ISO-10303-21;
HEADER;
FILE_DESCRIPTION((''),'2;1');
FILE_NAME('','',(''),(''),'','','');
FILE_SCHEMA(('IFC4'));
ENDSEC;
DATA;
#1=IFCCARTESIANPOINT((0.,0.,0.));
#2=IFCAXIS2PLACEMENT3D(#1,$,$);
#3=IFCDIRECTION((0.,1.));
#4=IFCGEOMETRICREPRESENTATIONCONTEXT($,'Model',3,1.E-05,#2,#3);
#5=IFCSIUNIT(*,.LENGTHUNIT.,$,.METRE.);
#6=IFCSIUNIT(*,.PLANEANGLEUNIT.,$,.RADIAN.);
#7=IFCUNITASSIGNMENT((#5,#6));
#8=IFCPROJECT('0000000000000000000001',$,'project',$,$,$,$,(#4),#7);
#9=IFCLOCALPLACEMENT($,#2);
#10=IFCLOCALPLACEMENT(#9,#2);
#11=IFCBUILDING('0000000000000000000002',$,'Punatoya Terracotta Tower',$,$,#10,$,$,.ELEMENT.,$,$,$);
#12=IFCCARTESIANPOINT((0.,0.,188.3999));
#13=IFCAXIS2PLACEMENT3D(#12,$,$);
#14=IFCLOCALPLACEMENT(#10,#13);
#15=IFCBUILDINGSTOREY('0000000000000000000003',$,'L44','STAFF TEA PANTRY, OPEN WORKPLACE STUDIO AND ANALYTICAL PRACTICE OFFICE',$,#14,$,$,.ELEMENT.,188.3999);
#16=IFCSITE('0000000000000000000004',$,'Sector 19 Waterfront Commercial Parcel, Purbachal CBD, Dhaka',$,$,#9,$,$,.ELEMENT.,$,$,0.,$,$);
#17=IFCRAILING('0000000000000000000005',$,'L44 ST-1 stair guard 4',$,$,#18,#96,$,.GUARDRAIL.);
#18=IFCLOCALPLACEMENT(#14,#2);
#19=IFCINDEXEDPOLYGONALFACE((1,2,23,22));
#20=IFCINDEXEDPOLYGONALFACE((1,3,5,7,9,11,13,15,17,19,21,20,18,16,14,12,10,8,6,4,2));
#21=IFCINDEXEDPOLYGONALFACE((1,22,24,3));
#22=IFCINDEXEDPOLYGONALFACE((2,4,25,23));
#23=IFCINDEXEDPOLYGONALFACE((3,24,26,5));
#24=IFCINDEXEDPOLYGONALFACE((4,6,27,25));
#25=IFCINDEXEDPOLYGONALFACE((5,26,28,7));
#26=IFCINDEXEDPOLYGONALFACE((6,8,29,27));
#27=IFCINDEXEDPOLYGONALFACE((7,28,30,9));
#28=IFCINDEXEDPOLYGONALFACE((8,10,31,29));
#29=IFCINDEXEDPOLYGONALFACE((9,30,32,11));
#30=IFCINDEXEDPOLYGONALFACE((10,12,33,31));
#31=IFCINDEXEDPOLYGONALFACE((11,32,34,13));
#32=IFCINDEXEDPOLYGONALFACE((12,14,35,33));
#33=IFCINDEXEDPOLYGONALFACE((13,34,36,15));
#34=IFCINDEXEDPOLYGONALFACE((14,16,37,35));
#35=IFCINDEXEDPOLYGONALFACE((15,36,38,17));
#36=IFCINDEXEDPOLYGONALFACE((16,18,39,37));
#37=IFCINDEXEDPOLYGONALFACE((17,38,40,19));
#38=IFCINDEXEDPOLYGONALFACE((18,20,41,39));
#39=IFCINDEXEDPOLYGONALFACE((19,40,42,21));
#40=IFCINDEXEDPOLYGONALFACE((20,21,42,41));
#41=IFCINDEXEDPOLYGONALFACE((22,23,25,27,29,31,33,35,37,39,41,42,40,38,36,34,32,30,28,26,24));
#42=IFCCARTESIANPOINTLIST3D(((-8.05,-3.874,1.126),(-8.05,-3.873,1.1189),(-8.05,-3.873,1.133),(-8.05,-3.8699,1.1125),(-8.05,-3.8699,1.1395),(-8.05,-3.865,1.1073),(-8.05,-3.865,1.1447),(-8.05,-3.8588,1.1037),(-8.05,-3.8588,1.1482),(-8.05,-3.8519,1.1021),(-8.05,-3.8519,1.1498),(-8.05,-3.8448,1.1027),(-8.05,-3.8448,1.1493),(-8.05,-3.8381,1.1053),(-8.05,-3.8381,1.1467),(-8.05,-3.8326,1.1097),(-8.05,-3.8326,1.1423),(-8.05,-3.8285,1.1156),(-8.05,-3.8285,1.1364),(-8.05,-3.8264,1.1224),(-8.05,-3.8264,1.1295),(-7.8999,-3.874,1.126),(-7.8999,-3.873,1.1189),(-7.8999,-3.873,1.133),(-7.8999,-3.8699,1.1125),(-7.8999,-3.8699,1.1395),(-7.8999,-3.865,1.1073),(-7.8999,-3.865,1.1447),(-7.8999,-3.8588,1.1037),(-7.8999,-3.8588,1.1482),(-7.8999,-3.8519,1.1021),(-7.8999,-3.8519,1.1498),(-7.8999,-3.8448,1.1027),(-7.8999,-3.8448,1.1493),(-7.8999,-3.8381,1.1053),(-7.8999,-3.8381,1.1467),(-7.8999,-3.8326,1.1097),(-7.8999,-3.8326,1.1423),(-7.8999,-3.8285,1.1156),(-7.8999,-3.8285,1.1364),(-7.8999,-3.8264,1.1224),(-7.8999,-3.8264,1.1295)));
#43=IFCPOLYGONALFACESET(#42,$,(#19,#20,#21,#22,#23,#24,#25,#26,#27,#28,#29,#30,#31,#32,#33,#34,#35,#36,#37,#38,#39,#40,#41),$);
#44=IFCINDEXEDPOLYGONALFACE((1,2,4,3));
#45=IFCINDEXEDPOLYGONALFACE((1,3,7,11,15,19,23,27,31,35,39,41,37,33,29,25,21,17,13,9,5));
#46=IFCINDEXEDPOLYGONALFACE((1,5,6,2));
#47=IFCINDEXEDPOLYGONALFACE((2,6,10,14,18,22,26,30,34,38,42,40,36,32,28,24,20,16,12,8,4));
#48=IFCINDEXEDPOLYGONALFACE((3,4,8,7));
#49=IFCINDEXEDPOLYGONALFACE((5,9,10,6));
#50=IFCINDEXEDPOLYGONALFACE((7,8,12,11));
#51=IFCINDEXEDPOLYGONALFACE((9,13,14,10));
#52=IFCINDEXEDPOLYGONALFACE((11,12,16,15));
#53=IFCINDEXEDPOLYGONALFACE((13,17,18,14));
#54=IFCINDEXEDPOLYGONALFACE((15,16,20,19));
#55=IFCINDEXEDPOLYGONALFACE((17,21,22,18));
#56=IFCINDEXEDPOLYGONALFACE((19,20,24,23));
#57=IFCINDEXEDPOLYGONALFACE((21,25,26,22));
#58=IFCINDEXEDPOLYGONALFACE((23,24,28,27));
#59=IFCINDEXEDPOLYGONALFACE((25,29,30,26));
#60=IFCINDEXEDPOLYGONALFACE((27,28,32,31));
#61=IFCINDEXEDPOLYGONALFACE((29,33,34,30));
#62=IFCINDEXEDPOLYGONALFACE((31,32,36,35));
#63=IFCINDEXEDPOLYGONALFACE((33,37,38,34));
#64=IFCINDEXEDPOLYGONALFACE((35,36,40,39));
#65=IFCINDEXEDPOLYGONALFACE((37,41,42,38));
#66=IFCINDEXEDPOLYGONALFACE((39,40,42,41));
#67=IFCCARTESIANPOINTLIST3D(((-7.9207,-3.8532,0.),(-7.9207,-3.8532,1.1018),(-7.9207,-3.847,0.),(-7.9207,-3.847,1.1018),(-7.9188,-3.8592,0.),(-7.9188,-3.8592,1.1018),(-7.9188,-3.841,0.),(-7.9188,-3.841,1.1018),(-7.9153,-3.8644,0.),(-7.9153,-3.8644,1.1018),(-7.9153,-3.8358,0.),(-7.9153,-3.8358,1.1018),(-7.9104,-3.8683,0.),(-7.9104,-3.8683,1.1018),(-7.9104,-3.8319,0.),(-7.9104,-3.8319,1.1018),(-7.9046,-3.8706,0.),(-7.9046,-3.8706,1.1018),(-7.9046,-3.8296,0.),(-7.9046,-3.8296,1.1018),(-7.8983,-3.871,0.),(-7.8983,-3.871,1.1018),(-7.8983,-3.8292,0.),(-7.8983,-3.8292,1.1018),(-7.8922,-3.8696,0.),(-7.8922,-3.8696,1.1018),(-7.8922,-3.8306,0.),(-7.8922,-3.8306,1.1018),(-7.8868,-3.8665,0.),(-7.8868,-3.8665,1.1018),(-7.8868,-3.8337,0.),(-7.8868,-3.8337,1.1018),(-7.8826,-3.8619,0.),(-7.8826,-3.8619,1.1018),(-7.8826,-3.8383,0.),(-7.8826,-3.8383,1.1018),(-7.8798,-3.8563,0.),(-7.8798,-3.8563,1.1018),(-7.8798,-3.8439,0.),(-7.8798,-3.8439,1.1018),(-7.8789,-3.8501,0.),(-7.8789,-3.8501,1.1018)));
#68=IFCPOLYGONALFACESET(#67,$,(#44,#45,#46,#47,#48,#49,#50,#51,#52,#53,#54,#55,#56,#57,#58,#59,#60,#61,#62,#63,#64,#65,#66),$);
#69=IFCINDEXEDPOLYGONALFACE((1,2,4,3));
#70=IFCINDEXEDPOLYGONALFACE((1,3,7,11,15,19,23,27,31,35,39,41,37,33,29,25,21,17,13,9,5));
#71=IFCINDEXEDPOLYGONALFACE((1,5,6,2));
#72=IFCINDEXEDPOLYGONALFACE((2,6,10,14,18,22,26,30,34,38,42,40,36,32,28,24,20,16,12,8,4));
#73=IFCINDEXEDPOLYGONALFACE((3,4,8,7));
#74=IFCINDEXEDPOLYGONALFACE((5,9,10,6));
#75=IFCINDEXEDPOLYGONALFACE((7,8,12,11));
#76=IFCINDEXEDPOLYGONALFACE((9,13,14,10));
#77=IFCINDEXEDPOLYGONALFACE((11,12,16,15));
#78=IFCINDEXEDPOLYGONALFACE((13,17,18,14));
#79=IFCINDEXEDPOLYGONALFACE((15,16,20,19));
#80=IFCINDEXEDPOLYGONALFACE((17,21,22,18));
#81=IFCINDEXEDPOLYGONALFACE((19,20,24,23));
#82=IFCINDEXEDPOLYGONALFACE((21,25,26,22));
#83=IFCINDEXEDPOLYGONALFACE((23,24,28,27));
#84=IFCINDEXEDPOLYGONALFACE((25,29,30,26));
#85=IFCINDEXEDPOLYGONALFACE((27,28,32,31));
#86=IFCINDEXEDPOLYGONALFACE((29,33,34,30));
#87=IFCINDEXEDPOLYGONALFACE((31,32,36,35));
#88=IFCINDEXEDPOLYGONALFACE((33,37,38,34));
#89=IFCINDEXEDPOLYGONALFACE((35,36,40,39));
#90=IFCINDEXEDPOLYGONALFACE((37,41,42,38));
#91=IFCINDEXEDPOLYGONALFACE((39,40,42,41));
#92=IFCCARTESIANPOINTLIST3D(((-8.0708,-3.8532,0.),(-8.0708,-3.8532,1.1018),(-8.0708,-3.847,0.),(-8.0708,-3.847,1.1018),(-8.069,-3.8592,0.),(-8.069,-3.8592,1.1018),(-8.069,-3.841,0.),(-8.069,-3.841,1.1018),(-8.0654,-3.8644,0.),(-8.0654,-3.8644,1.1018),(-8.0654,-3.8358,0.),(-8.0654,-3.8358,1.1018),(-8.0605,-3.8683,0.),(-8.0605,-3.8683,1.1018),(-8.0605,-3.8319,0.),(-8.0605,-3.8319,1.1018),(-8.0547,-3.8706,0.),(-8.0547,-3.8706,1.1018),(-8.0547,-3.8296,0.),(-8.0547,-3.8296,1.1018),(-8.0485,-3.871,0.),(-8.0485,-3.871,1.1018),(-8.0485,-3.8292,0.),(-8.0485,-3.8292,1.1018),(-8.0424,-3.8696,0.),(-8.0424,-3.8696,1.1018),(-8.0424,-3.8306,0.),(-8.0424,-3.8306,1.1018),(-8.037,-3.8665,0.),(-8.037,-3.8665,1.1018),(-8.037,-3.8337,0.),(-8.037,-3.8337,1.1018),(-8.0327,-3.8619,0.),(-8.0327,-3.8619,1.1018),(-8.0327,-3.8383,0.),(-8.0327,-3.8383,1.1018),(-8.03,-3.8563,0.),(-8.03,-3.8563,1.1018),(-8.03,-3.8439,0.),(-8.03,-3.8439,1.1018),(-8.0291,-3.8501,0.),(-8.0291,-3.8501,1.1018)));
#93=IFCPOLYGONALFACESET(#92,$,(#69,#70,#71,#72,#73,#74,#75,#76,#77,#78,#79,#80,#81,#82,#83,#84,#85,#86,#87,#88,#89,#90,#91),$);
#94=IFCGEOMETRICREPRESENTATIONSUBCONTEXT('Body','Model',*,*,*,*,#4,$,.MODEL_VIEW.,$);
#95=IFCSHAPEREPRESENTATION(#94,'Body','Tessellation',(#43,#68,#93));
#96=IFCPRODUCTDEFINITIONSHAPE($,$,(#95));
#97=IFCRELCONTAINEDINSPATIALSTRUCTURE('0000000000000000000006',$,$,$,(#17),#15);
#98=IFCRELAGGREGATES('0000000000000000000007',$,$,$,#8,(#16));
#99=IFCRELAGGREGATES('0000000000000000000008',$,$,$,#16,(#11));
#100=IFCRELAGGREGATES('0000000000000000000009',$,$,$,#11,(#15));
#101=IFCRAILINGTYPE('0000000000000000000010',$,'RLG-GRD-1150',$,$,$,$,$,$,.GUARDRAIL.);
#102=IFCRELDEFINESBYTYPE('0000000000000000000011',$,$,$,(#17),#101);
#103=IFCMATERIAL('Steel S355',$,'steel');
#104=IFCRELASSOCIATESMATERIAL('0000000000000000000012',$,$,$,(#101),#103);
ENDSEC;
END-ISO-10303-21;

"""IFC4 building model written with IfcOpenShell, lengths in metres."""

from ifc_helpers import new_model, si_unit, direction, frame, origin, origin_2d, place, context, subcontext, project, spatial, circle, extrude, material, type_object, element, save


model = new_model("IFC4")

# Units and contexts
model_context = context("Model", 3, precision=1e-05, world=origin(), true_north=direction((0.0, 1.0)))
body_context = subcontext(model_context, "Body", "Model", "MODEL_VIEW")
ifc_project = project(units=[si_unit("LENGTHUNIT", "METRE"), si_unit("PLANEANGLEUNIT", "RADIAN")], contexts=[model_context])

# Site, building, storey
site_placement = place(None, origin())
site = spatial("IfcSite", under=ifc_project, at=site_placement, Name="Sector 19 Waterfront Commercial Parcel, Purbachal CBD, Dhaka", CompositionType="ELEMENT", RefElevation=0.0)
building_placement = place(site_placement, origin())
building = spatial("IfcBuilding", under=site, at=building_placement, Name="Punatoya Terracotta Tower", CompositionType="ELEMENT")
storey_placement = place(building_placement, frame((0.0, 0.0, 188.3999)))
storey = spatial("IfcBuildingStorey", under=building, at=storey_placement, Name="L44", Description="STAFF TEA PANTRY, OPEN WORKPLACE STUDIO AND ANALYTICAL PRACTICE OFFICE", CompositionType="ELEMENT", Elevation=188.3999)

# Shared definitions
ifc_material_1 = material(Name="Steel S355", Category="steel")

# Railing
railing_type_1 = type_object("IfcRailingType", Name="RLG-GRD-1150", PredefinedType="GUARDRAIL", material=ifc_material_1)
railing_1_placement = place(storey_placement, frame((-7.8999, -3.8501, 0.0)))
element("IfcRailing", 1, at=railing_1_placement, inside=storey, type_object=railing_type_1, Name="L44 ST-1 stair guard 4", PredefinedType="GUARDRAIL", context=body_context, shape_type="SweptSolid", body=[
    extrude(circle(Radius=0.0239, at=origin_2d()), frame((0.0, 0.0, 1.126), z_axis=(-1.0, 0.0, 0.0), x_axis=(0.0, -1.0, 0.0)), (0.0, 0.0, 1.0), 0.1501),
    extrude(circle(Radius=0.021, at=origin_2d()), origin(), (0.0, 0.0, 1.0), 1.1018),
    extrude(circle(Radius=0.021, at=origin_2d()), frame((-0.1501, 0.0, 0.0)), (0.0, 0.0, 1.0), 1.1018),
])

save(model, "model.ifc")
